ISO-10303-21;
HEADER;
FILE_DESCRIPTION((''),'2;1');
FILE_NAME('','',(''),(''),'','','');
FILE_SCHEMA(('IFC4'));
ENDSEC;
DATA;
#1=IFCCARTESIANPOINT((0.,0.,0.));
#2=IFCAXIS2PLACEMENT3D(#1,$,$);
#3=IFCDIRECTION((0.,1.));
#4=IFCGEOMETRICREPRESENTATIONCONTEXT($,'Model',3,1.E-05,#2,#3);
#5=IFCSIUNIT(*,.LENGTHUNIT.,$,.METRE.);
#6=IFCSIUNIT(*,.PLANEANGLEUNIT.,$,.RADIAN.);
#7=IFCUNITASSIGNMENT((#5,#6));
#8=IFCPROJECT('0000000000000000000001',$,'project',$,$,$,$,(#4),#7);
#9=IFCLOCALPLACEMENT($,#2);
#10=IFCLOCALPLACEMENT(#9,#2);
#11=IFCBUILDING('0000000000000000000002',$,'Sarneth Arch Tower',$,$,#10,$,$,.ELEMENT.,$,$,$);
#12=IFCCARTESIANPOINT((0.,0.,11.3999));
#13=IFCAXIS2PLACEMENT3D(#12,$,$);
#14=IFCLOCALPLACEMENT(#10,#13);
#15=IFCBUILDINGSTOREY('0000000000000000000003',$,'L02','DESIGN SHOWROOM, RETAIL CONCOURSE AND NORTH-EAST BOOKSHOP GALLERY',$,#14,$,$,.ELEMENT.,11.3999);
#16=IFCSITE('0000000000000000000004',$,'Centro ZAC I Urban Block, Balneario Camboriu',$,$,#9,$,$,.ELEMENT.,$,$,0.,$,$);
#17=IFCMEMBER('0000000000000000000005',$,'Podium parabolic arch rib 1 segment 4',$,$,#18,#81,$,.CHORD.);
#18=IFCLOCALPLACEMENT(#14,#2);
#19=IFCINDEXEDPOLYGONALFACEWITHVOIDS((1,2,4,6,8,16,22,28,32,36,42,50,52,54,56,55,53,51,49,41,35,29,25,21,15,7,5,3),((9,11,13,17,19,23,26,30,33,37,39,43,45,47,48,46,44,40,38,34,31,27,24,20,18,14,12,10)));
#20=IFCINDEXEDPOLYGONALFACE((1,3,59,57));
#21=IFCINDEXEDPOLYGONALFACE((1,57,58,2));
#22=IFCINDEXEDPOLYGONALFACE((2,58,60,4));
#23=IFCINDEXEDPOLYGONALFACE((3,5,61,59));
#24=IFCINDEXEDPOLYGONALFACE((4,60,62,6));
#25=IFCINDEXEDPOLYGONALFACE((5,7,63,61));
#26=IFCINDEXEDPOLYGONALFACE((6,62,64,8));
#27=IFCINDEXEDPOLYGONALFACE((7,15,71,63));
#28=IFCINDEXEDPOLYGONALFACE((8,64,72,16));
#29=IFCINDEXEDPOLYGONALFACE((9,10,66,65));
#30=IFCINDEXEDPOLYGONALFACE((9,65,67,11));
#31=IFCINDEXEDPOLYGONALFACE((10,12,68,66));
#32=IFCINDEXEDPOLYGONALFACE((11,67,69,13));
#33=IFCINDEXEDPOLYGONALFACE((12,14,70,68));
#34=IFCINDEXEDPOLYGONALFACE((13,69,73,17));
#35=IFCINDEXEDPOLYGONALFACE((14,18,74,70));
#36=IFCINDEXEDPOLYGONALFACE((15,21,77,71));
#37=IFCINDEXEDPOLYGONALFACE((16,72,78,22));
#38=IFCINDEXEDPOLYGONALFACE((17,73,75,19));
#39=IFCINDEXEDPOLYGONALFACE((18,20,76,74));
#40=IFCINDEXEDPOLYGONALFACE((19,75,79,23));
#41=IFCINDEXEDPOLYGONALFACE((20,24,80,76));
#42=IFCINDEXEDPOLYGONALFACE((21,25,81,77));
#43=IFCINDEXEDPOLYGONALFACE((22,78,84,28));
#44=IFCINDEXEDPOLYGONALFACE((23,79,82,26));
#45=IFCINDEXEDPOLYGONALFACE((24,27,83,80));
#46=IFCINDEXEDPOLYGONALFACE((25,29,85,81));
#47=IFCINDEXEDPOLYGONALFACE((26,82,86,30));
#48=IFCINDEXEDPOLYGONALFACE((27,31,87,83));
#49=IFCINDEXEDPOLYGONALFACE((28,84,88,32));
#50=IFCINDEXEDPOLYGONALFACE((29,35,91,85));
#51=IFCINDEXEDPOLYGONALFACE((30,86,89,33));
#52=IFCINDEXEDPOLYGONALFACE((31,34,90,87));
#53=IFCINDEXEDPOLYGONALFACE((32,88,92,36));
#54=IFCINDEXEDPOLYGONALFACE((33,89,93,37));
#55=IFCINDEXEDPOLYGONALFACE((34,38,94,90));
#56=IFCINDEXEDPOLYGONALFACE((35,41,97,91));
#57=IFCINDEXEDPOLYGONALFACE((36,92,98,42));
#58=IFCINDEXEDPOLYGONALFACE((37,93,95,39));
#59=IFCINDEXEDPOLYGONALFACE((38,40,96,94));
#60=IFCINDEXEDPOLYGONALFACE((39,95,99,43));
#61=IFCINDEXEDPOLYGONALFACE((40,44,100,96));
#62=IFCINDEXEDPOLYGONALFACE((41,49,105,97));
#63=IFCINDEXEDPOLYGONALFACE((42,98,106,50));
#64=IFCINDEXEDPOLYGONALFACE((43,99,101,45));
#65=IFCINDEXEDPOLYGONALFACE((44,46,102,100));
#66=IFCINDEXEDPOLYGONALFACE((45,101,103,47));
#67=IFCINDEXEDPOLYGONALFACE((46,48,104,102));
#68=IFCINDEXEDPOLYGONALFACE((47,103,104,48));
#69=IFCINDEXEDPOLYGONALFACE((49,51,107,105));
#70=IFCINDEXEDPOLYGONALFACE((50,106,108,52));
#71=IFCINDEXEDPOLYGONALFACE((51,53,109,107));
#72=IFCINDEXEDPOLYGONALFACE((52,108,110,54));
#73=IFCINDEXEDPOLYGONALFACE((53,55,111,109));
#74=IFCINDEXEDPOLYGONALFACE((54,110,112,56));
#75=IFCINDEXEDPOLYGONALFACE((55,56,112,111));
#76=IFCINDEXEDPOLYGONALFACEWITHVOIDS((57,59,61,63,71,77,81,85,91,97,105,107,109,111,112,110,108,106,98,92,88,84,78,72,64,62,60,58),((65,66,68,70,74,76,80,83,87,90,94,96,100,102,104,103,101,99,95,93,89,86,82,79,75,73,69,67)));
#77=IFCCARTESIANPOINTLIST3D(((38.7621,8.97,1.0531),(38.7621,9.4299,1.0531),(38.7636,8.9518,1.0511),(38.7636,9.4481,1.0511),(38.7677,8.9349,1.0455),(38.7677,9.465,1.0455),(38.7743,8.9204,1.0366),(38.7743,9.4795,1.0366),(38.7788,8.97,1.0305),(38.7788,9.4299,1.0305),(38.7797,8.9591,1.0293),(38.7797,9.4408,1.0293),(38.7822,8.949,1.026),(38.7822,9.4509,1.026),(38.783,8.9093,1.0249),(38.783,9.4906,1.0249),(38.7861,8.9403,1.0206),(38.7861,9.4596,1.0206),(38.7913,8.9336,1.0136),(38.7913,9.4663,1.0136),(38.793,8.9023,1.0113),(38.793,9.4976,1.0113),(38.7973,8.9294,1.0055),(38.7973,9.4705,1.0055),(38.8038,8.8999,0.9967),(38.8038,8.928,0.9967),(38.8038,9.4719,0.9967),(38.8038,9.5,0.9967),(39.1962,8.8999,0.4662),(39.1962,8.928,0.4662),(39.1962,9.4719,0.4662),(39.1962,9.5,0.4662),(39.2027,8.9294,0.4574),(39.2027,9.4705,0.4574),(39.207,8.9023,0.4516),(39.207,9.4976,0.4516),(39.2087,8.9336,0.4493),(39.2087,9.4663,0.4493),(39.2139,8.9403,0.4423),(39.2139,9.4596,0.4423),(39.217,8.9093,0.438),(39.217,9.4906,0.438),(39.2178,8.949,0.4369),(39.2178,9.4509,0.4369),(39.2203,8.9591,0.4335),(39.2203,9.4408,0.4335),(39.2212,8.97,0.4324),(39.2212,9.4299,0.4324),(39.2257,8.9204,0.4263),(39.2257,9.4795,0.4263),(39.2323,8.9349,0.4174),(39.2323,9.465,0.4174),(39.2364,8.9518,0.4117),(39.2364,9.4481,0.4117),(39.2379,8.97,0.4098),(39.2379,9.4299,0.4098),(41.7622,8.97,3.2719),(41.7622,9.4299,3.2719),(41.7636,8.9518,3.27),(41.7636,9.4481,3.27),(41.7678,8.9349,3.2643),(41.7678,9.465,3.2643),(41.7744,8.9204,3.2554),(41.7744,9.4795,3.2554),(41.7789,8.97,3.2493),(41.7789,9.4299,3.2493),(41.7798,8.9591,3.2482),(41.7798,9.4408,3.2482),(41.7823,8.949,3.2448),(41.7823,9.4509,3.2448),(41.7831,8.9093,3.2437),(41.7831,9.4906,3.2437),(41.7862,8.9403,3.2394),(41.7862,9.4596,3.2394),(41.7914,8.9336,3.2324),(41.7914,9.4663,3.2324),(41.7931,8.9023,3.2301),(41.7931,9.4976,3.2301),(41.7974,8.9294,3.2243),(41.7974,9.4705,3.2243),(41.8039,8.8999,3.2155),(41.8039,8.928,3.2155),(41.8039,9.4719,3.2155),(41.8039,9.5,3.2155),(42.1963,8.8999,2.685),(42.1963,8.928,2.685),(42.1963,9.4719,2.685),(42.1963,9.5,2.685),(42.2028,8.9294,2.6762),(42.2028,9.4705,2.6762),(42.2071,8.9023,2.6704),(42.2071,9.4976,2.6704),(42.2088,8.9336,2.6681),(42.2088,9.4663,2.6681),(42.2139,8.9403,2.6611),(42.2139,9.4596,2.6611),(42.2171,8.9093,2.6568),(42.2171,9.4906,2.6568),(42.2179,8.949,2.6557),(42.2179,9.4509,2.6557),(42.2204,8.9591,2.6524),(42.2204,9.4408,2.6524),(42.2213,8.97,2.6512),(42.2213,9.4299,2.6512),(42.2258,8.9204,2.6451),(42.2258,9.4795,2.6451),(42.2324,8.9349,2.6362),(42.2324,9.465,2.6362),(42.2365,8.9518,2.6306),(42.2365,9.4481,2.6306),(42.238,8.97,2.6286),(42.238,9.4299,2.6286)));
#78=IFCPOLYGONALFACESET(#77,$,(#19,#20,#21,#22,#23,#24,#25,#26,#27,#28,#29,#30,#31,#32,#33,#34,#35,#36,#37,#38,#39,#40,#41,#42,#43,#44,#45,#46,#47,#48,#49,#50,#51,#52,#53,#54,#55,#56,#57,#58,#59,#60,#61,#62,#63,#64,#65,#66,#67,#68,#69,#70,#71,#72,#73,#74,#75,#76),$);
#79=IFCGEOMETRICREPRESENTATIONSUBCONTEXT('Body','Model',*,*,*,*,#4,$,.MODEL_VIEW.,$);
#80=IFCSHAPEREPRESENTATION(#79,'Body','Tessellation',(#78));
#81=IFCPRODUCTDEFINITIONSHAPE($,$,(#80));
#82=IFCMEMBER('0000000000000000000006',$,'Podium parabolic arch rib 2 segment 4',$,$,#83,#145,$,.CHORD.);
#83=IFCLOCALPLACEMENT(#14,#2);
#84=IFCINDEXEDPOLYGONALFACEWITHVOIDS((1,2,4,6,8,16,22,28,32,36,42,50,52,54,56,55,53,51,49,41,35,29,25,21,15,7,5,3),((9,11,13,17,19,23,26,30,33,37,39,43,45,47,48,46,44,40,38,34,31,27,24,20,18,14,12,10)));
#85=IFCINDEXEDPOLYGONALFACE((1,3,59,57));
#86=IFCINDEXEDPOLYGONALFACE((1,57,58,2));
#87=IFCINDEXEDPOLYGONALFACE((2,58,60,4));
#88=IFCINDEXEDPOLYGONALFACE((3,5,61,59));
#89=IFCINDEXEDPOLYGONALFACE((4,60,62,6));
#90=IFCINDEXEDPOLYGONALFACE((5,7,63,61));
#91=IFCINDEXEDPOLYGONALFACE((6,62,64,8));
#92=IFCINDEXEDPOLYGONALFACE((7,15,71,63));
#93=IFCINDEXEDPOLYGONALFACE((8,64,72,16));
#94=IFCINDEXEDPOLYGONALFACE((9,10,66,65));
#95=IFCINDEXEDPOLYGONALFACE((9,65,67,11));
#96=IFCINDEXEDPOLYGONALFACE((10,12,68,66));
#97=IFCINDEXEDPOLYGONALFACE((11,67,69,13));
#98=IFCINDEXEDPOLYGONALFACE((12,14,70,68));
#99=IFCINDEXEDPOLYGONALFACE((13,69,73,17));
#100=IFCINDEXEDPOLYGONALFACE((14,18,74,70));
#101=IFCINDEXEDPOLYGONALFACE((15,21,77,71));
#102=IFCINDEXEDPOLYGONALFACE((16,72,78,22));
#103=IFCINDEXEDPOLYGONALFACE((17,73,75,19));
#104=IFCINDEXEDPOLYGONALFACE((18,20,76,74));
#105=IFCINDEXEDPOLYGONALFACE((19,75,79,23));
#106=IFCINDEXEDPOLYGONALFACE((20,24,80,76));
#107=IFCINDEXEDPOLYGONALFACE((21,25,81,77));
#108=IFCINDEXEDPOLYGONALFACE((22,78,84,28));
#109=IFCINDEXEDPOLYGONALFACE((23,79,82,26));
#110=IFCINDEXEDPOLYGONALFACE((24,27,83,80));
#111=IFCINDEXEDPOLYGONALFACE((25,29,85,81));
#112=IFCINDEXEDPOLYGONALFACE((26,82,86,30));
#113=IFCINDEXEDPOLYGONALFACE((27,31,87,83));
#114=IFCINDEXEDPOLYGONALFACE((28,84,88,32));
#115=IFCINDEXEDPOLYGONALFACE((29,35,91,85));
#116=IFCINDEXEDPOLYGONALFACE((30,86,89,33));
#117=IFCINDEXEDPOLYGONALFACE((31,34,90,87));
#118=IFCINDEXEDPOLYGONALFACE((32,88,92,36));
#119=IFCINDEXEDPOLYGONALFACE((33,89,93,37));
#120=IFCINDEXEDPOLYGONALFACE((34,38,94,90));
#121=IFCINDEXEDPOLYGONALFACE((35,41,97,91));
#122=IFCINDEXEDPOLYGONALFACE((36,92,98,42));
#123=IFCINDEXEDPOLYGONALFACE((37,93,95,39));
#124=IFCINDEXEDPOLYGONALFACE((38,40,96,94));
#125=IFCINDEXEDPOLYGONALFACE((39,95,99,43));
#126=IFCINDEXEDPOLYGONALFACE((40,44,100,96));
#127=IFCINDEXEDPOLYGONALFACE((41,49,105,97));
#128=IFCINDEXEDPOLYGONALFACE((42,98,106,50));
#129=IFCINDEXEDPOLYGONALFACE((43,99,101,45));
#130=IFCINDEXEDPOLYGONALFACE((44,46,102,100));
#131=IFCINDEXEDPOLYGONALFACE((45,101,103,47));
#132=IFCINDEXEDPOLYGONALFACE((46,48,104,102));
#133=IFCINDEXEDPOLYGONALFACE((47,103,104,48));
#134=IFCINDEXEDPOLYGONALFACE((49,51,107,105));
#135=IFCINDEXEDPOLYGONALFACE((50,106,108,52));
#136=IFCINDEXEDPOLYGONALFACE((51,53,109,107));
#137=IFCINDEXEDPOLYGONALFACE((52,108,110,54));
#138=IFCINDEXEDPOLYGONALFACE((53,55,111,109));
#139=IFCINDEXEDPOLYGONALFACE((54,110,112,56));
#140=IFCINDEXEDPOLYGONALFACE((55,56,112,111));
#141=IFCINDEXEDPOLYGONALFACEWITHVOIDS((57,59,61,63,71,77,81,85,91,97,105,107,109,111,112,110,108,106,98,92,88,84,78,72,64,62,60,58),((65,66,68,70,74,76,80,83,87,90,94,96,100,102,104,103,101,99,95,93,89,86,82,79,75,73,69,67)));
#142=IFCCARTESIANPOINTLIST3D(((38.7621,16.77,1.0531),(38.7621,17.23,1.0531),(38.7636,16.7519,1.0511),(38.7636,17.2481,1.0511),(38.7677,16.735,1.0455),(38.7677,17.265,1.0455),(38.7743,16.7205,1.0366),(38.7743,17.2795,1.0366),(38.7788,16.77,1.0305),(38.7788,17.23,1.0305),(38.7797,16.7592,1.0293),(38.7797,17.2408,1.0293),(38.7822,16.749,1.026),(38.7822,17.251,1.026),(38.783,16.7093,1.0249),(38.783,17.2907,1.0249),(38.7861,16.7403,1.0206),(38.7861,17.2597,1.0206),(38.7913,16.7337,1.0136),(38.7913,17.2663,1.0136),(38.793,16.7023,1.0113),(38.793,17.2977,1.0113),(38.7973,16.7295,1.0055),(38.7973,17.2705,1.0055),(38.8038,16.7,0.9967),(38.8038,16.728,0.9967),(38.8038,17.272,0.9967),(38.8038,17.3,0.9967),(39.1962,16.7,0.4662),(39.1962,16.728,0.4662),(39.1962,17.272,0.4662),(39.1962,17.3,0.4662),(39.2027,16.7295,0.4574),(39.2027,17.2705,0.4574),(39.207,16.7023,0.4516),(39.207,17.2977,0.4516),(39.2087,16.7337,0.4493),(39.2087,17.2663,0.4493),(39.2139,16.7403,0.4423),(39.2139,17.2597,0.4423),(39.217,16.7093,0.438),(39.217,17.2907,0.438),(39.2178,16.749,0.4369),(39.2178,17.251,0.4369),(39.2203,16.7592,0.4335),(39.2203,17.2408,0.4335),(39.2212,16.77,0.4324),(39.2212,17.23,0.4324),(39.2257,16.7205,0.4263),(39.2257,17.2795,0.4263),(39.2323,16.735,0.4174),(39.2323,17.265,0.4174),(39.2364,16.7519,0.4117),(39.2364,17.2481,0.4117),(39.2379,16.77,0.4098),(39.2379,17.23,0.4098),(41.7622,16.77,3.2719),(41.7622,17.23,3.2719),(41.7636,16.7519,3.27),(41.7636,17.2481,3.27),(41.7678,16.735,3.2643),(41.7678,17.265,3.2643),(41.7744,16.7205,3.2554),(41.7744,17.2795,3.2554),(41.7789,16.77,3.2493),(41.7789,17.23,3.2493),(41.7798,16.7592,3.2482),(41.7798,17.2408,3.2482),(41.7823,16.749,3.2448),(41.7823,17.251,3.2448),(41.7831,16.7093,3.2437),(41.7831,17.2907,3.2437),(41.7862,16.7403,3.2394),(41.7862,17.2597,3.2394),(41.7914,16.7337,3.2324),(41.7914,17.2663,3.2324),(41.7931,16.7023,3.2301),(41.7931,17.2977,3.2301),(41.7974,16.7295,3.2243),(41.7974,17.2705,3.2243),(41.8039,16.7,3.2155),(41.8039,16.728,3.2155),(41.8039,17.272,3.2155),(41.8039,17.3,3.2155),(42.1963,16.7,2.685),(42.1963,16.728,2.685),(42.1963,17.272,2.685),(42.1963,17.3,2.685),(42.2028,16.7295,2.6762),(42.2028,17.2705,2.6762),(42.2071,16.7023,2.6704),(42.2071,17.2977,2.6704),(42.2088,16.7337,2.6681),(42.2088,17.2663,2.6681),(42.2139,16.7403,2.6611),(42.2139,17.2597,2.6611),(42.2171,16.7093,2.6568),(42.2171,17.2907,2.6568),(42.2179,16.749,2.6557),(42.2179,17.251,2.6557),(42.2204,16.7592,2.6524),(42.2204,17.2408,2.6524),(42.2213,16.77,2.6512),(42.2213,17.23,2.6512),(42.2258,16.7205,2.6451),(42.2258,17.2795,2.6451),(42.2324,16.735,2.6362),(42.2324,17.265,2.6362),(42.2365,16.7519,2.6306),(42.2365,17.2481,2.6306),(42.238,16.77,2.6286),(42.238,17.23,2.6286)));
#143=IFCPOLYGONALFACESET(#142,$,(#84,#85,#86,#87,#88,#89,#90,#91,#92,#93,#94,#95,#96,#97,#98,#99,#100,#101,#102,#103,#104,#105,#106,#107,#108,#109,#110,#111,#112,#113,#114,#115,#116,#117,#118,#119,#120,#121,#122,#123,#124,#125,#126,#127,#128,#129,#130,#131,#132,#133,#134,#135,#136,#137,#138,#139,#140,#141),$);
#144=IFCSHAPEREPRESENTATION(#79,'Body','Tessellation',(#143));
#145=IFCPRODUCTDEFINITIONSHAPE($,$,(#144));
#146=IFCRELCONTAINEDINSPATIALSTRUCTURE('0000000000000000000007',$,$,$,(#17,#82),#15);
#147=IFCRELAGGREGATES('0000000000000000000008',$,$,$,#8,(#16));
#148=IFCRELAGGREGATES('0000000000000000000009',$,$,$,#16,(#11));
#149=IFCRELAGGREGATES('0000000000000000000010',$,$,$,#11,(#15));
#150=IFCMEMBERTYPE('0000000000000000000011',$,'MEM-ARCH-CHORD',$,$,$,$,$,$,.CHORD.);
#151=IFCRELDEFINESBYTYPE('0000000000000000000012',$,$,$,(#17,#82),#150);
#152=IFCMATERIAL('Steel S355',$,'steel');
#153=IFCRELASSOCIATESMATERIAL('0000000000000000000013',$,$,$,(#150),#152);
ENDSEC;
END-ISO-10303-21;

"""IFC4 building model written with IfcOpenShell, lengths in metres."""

from ifc_helpers import new_model, si_unit, direction, frame, origin, origin_2d, place, context, subcontext, project, spatial, hollow_rectangle, extrude, material, material_profile, profile_set, type_object, element, save


model = new_model("IFC4")

# Units and contexts
model_context = context("Model", 3, precision=1e-05, world=origin(), true_north=direction((0.0, 1.0)))
body_context = subcontext(model_context, "Body", "Model", "MODEL_VIEW")
ifc_project = project(units=[si_unit("LENGTHUNIT", "METRE"), si_unit("PLANEANGLEUNIT", "RADIAN")], contexts=[model_context])

# Site, building, storey
site_placement = place(None, origin())
site = spatial("IfcSite", under=ifc_project, at=site_placement, Name="Centro ZAC I Urban Block, Balneario Camboriu", CompositionType="ELEMENT", RefElevation=0.0)
building_placement = place(site_placement, origin())
building = spatial("IfcBuilding", under=site, at=building_placement, Name="Sarneth Arch Tower", CompositionType="ELEMENT")
storey_placement = place(building_placement, frame((0.0, 0.0, 11.3999)))
storey = spatial("IfcBuildingStorey", under=building, at=storey_placement, Name="L02", Description="DESIGN SHOWROOM, RETAIL CONCOURSE AND NORTH-EAST BOOKSHOP GALLERY", CompositionType="ELEMENT", Elevation=11.3999)

# Members
ifc_material_1 = material(Name="Steel S355", Category="steel")
ifc_material_profile_1 = material_profile(ifc_material_1, hollow_rectangle(XDim=0.6001, YDim=0.8, WallThickness=0.0281, InnerFilletRadius=0.042, OuterFilletRadius=0.0701, at=origin_2d()), Name="RHS800x600x28")
ifc_profile_set_1 = profile_set([ifc_material_profile_1], Name="Steel S355")
member_type_1 = type_object("IfcMemberType", Name="MEM-ARCH-CHORD", PredefinedType="CHORD", material=ifc_profile_set_1)
for number, where, z_axis, x_axis, name in (
    (1, (39.0, 9.2, 0.7314), (0.804002, 0.0, 0.594627), (0.0, 1.0, 0.0), "Podium parabolic arch rib 1 segment 4"),
    (2, (39.0, 17.0, 0.7314), (0.804002, 0.0, 0.594627), (0.0, 1.0, 0.0), "Podium parabolic arch rib 2 segment 4"),
):
    element("IfcMember", number, at=place(storey_placement, frame(where, z_axis=z_axis, x_axis=x_axis)), inside=storey, type_object=member_type_1, Name=name, PredefinedType="CHORD", context=body_context, shape_type="SweptSolid", body=[
        extrude(hollow_rectangle(XDim=0.6001, YDim=0.8, WallThickness=0.0281, InnerFilletRadius=0.042, OuterFilletRadius=0.0701, at=origin_2d()), origin(), (0.0, 0.0, 1.0), 3.7314),
    ])

save(model, "model.ifc")
